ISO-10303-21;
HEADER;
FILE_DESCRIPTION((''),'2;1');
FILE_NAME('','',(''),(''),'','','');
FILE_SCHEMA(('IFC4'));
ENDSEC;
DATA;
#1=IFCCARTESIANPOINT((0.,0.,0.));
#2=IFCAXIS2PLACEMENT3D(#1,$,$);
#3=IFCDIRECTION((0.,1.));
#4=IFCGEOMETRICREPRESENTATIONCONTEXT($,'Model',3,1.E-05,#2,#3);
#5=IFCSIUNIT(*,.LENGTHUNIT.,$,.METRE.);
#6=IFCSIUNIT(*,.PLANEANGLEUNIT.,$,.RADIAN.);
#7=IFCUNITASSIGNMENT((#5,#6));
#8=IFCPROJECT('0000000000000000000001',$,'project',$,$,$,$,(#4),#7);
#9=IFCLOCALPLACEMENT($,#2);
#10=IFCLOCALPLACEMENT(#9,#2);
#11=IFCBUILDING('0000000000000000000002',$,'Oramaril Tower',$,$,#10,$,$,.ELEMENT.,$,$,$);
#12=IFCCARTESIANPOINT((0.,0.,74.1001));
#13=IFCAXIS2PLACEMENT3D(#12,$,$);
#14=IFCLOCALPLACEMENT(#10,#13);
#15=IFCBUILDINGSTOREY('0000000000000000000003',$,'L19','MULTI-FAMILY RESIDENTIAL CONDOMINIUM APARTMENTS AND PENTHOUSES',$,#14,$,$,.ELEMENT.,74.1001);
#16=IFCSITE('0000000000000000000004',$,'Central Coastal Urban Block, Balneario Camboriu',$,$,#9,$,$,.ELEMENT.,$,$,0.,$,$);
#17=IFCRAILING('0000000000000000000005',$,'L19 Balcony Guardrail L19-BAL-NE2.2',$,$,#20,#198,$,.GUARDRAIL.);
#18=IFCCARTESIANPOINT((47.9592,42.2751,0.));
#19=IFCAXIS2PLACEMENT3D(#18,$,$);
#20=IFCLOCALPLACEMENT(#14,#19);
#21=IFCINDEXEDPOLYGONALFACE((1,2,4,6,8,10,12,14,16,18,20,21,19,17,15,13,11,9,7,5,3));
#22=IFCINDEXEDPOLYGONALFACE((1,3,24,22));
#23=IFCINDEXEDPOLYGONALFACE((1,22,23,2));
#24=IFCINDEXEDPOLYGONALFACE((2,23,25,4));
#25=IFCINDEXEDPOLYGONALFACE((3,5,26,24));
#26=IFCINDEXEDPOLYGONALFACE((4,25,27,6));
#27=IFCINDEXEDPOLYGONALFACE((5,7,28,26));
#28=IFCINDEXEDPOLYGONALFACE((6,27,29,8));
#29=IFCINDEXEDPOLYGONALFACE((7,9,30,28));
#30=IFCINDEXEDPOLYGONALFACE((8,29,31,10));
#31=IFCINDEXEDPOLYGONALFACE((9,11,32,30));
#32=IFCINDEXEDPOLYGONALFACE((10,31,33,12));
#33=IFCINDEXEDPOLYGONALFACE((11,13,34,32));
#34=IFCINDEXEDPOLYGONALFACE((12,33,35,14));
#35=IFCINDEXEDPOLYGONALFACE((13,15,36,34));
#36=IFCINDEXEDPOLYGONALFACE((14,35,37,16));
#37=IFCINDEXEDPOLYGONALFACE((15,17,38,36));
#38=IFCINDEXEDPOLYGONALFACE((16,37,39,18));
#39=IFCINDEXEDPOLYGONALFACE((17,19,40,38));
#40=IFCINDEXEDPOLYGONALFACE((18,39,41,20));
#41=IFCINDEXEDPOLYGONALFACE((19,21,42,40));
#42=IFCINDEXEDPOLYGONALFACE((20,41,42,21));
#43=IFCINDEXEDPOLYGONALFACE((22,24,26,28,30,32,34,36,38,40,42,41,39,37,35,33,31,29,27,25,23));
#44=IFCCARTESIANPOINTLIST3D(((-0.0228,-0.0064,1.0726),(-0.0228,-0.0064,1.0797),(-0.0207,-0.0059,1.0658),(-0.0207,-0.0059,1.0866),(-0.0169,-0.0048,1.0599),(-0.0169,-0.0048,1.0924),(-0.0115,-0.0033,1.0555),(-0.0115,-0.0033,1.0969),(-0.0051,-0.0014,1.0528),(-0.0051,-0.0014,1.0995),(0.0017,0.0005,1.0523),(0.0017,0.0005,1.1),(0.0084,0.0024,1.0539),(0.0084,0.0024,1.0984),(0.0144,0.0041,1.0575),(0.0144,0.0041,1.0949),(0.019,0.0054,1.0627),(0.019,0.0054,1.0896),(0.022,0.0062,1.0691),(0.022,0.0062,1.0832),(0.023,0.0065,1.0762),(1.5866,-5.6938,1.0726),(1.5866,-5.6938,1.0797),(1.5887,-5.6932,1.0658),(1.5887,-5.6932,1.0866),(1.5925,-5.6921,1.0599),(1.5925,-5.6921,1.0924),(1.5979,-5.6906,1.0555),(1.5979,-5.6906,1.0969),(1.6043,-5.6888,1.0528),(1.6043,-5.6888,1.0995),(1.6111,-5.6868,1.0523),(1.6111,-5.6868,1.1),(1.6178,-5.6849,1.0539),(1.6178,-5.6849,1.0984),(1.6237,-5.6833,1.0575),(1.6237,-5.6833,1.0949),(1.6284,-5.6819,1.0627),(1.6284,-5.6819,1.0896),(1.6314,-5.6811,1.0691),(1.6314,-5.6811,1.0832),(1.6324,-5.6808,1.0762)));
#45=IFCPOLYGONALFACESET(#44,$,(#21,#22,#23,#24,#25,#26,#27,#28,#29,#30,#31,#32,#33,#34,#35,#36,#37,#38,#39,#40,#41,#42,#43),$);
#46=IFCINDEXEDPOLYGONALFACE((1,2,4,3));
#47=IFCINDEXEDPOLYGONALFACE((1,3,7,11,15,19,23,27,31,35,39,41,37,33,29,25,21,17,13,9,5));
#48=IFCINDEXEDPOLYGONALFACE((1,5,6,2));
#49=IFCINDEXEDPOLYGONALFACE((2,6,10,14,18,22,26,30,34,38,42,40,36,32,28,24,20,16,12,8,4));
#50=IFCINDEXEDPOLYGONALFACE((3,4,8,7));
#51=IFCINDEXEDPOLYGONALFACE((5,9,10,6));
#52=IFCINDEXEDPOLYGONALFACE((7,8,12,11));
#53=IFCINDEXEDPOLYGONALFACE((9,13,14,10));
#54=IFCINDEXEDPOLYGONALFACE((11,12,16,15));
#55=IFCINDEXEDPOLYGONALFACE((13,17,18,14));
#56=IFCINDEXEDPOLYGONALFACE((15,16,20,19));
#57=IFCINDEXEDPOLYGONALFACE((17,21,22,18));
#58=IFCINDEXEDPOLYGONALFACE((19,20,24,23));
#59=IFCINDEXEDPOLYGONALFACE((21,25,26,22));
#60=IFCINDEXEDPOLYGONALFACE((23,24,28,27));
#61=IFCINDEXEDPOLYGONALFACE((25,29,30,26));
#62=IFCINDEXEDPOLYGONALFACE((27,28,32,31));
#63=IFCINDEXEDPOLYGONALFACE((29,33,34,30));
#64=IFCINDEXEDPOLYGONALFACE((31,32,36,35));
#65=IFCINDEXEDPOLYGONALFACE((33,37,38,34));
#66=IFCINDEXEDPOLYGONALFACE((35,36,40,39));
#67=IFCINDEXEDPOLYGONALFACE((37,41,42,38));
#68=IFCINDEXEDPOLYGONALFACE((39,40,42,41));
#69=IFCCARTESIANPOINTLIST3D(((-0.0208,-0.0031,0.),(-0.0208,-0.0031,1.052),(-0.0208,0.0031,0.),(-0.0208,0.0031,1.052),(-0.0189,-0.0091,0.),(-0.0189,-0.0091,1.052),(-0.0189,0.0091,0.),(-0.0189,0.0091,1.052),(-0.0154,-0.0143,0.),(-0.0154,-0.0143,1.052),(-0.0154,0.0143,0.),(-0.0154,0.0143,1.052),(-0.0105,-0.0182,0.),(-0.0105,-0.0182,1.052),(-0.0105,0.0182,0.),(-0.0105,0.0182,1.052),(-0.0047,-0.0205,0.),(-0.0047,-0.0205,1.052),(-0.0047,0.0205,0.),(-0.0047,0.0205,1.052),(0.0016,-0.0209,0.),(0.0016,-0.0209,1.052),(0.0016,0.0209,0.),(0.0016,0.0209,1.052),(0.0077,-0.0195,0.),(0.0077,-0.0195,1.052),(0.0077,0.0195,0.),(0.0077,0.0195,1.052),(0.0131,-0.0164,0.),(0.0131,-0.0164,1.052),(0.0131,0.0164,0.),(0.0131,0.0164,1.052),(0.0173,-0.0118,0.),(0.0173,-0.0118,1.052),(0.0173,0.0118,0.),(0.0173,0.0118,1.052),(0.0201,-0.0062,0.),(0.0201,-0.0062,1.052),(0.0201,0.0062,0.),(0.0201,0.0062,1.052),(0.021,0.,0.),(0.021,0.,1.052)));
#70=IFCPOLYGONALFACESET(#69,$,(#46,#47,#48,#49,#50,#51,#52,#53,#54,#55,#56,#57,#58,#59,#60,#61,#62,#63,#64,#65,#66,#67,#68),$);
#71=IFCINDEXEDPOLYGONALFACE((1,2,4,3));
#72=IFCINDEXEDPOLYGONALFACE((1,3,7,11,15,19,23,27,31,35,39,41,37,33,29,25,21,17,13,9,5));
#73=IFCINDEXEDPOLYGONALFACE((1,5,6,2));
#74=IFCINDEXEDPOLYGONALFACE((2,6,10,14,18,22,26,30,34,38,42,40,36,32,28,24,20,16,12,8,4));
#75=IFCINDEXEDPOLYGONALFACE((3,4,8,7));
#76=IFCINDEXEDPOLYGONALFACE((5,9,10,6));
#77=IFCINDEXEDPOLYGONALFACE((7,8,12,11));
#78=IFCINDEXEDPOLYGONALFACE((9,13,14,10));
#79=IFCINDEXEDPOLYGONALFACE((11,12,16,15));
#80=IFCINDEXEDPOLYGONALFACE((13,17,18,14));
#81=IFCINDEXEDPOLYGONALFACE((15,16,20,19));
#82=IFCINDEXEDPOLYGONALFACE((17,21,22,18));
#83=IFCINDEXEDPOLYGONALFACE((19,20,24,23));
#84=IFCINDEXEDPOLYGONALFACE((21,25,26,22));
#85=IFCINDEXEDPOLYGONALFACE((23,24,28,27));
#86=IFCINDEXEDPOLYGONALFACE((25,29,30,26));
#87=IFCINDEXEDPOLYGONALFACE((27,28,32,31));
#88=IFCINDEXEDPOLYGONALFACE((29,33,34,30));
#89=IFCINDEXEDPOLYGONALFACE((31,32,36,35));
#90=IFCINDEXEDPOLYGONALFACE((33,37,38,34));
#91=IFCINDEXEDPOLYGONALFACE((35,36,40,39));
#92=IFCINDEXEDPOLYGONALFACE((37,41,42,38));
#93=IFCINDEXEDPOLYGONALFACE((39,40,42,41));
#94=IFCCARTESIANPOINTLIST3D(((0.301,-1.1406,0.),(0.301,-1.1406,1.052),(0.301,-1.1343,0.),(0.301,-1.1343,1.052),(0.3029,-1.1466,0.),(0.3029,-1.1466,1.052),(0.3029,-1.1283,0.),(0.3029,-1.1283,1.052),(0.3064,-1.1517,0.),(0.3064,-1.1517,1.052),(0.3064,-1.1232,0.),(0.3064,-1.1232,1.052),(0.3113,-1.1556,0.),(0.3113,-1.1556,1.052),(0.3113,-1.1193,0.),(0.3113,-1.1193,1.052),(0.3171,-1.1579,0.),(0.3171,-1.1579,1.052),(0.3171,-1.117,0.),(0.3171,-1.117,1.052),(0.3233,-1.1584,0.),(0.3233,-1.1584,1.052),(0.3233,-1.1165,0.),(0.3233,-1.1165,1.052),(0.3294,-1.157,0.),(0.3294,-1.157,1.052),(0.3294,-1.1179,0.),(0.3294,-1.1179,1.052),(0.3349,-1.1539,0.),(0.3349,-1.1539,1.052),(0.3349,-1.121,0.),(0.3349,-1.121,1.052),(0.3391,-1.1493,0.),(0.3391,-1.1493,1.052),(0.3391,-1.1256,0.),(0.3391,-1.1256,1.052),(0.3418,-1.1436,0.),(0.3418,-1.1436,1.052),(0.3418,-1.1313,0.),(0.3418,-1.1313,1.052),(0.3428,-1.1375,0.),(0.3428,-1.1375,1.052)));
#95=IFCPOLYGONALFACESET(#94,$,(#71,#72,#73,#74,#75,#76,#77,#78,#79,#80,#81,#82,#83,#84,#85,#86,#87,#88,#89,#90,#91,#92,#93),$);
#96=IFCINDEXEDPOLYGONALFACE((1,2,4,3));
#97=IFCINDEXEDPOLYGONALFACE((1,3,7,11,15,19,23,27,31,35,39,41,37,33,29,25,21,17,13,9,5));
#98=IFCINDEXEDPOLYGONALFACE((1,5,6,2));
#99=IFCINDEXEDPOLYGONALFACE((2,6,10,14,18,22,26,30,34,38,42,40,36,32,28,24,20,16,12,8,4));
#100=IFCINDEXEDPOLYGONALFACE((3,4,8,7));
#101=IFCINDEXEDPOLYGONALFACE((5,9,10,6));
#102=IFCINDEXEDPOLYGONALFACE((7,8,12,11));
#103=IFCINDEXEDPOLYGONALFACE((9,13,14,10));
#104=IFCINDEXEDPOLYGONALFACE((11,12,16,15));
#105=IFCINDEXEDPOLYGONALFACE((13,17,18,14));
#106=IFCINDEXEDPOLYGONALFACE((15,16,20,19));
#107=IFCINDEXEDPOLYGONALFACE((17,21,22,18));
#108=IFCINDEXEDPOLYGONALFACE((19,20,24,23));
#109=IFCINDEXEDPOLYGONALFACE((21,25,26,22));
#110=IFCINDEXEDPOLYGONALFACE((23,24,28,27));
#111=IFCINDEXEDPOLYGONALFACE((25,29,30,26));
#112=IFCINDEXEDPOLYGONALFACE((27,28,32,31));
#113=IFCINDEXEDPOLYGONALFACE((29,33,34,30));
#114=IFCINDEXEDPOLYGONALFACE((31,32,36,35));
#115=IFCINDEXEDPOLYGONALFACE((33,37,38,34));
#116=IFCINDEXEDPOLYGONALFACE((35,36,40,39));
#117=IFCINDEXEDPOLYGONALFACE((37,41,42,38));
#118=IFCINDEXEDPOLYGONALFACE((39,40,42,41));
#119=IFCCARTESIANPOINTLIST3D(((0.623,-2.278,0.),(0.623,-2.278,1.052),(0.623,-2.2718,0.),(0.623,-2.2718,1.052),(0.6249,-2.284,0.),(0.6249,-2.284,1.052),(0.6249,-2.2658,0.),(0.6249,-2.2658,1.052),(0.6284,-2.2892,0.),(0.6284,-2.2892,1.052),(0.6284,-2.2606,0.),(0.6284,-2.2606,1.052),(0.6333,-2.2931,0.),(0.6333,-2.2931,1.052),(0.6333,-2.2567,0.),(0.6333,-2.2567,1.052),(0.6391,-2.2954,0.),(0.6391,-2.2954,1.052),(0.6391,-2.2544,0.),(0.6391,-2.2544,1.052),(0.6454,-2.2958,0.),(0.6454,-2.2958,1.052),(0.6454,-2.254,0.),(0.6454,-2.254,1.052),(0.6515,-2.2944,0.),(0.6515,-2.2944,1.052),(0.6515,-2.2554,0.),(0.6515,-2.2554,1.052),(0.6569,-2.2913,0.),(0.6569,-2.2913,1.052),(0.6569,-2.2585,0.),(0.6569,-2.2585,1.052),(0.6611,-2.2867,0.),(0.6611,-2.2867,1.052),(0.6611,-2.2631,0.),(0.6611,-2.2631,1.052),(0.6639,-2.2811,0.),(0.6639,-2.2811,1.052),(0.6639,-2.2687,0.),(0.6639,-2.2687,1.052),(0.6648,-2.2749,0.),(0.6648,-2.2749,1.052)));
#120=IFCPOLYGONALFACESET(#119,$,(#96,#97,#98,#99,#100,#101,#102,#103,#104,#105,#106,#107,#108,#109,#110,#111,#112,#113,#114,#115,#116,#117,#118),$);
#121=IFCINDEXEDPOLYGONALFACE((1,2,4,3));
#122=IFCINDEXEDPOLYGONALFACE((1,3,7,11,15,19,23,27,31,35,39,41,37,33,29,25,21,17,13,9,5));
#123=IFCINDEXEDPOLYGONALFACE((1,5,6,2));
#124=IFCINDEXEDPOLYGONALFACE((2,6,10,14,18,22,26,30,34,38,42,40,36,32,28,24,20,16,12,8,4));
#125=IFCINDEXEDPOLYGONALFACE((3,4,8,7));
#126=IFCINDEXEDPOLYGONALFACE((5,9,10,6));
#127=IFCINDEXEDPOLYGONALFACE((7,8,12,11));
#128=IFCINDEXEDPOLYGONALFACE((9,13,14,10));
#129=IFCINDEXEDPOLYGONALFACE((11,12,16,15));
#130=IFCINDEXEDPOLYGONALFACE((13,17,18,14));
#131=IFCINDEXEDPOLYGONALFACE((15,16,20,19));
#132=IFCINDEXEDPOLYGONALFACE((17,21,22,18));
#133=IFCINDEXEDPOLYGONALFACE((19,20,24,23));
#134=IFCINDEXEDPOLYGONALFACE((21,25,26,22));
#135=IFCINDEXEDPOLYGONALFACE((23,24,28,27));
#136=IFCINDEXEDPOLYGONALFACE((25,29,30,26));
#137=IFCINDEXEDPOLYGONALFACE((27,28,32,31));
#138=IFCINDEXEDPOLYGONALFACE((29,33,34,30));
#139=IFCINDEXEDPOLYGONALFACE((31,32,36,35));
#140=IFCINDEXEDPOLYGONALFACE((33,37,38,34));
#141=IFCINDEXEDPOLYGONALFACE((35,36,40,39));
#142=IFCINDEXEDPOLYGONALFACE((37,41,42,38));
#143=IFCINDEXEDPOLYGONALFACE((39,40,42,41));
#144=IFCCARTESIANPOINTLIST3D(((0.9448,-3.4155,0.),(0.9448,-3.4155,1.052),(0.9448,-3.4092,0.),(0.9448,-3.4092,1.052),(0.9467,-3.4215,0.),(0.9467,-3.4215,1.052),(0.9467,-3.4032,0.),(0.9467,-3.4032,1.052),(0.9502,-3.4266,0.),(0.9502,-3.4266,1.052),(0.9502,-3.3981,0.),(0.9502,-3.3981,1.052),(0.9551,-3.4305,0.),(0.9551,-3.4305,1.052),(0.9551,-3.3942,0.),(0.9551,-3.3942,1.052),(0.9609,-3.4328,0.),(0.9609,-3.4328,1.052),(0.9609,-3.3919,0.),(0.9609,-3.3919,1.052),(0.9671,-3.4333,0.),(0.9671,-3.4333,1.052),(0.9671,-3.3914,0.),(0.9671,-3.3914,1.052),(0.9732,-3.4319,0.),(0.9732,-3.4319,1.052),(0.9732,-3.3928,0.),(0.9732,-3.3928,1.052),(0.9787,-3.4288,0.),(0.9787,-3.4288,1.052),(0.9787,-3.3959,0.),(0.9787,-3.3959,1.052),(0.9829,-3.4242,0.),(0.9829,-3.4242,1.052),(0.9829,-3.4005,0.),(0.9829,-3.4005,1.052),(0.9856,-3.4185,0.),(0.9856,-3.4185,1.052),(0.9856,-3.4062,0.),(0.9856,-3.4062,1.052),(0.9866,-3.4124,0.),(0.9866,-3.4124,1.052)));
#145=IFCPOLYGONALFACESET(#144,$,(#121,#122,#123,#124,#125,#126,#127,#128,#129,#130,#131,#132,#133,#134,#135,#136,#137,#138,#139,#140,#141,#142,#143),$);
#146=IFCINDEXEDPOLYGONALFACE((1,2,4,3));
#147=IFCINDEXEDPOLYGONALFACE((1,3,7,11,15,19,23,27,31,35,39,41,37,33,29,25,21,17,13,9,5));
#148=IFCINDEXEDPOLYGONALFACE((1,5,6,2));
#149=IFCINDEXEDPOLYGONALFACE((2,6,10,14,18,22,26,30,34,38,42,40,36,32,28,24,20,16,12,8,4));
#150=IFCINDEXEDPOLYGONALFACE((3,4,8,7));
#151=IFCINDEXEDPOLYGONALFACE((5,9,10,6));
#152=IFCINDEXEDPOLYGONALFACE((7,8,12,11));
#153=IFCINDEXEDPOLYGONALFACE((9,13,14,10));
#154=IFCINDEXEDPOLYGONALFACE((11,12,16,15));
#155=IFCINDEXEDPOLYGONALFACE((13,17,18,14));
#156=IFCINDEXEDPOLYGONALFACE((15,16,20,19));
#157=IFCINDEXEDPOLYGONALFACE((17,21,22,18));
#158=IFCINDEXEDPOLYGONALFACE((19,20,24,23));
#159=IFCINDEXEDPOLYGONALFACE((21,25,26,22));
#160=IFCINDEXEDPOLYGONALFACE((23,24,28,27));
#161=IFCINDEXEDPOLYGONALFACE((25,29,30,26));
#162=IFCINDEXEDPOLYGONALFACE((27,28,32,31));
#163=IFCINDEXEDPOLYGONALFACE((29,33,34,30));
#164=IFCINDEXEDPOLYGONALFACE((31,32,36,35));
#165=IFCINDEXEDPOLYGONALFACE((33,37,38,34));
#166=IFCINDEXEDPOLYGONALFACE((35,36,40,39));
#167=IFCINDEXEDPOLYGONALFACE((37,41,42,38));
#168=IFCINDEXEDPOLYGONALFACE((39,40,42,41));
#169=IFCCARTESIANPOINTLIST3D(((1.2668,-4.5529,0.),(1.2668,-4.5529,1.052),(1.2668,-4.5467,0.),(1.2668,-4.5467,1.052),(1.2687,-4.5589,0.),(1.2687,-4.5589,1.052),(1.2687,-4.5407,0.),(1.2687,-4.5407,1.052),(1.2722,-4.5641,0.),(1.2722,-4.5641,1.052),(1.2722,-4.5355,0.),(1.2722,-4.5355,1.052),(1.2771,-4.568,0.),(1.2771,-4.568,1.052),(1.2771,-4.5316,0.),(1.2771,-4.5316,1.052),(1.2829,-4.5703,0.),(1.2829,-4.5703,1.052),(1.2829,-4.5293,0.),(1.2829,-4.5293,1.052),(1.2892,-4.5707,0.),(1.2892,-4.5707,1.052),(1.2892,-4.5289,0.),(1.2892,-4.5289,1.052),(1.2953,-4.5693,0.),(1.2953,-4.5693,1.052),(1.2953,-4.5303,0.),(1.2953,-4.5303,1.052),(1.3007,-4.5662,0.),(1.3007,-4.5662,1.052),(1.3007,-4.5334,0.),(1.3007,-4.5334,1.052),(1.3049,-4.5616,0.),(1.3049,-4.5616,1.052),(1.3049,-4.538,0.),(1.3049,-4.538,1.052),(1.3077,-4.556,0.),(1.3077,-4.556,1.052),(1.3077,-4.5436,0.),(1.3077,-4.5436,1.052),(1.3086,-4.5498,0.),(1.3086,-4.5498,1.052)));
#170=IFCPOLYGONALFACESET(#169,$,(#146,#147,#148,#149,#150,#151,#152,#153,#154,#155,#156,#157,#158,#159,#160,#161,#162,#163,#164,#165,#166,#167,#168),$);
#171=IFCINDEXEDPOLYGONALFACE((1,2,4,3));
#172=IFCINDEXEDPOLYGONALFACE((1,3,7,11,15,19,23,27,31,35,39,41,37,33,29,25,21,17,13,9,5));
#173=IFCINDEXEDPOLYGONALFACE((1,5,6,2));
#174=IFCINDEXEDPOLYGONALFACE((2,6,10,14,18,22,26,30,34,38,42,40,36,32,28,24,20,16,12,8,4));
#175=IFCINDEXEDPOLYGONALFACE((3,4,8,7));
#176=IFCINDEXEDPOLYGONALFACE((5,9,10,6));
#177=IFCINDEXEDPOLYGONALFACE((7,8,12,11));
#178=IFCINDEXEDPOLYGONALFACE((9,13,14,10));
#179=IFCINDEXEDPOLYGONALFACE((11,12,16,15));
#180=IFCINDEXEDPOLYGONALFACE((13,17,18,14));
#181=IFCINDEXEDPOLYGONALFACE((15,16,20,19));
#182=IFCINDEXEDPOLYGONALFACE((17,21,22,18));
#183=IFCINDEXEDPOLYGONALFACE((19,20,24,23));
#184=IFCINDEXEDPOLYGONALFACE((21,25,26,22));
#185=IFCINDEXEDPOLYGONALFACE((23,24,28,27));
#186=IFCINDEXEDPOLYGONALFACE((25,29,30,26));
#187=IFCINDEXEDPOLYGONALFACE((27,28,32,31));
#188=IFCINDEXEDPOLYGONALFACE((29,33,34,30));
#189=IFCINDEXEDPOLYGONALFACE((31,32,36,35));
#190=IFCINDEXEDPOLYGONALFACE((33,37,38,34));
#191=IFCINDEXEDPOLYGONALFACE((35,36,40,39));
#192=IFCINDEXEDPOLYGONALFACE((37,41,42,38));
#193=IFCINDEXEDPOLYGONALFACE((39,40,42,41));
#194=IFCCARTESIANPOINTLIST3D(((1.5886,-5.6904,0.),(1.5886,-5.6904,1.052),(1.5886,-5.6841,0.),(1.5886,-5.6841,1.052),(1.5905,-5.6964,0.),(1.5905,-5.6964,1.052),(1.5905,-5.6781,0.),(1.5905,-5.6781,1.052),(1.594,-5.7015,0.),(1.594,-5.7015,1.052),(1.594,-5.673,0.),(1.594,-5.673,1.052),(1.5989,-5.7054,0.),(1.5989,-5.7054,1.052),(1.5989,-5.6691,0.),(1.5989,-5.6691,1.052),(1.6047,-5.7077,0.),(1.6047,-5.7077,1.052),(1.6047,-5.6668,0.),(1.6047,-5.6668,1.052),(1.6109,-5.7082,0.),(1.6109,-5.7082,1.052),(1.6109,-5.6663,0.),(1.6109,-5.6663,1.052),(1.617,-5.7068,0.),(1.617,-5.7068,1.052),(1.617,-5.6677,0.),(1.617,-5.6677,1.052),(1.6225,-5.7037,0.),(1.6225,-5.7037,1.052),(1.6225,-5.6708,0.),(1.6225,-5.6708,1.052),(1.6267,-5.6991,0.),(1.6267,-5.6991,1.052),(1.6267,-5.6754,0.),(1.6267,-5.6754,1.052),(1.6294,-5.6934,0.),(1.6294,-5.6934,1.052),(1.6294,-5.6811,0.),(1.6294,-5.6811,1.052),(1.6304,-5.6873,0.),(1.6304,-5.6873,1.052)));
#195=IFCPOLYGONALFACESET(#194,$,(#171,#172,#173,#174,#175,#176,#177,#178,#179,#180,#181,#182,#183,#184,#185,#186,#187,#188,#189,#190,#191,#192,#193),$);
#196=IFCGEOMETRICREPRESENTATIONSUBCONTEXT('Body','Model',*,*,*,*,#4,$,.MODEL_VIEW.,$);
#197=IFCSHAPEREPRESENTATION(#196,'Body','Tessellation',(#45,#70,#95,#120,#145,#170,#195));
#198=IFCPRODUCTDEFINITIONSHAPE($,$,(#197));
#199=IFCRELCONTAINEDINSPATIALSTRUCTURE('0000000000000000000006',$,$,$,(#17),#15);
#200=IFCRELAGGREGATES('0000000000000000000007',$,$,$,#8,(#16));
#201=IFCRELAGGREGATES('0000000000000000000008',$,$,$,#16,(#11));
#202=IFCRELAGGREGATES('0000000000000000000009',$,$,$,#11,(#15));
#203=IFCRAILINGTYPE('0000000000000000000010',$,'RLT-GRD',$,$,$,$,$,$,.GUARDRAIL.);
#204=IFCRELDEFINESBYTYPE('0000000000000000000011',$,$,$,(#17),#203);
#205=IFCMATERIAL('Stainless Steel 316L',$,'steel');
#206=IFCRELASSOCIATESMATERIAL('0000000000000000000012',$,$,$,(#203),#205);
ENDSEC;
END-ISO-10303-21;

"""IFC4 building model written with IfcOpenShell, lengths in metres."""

from ifc_helpers import new_model, si_unit, direction, frame, origin, origin_2d, place, context, subcontext, project, spatial, circle, extrude, material, type_object, element, save


model = new_model("IFC4")

# Units and contexts
model_context = context("Model", 3, precision=1e-05, world=origin(), true_north=direction((0.0, 1.0)))
body_context = subcontext(model_context, "Body", "Model", "MODEL_VIEW")
ifc_project = project(units=[si_unit("LENGTHUNIT", "METRE"), si_unit("PLANEANGLEUNIT", "RADIAN")], contexts=[model_context])

# Site, building, storey
site_placement = place(None, origin())
site = spatial("IfcSite", under=ifc_project, at=site_placement, Name="Central Coastal Urban Block, Balneario Camboriu", CompositionType="ELEMENT", RefElevation=0.0)
building_placement = place(site_placement, origin())
building = spatial("IfcBuilding", under=site, at=building_placement, Name="Oramaril Tower", CompositionType="ELEMENT")
storey_placement = place(building_placement, frame((0.0, 0.0, 74.1001)))
storey = spatial("IfcBuildingStorey", under=building, at=storey_placement, Name="L19", Description="MULTI-FAMILY RESIDENTIAL CONDOMINIUM APARTMENTS AND PENTHOUSES", CompositionType="ELEMENT", Elevation=74.1001)

# Railing
ifc_material_1 = material(Name="Stainless Steel 316L", Category="steel")
railing_type = type_object("IfcRailingType", Name="RLT-GRD", PredefinedType="GUARDRAIL", material=ifc_material_1)
railing_1_placement = place(storey_placement, frame((47.9592, 42.2751, 0.0)))
element("IfcRailing", 1, at=railing_1_placement, inside=storey, type_object=railing_type, Name="L19 Balcony Guardrail L19-BAL-NE2.2", PredefinedType="GUARDRAIL", context=body_context, shape_type="SweptSolid", body=[
    extrude(circle(Radius=0.0239, at=origin_2d()), frame((0.0, 0.0, 1.0762), z_axis=(0.272287, -0.962216, 0.0), x_axis=(0.962216, 0.272287, 0.0)), (0.0, 0.0, 1.0), 5.9106),
    extrude(circle(Radius=0.021, at=origin_2d()), origin(), (0.0, 0.0, 1.0), 1.052),
    extrude(circle(Radius=0.021, at=origin_2d()), frame((0.3218, -1.1375, 0.0)), (0.0, 0.0, 1.0), 1.052),
    extrude(circle(Radius=0.021, at=origin_2d()), frame((0.6438, -2.2749, 0.0)), (0.0, 0.0, 1.0), 1.052),
    extrude(circle(Radius=0.021, at=origin_2d()), frame((0.9656, -3.4124, 0.0)), (0.0, 0.0, 1.0), 1.052),
    extrude(circle(Radius=0.021, at=origin_2d()), frame((1.2876, -4.5498, 0.0)), (0.0, 0.0, 1.0), 1.052),
    extrude(circle(Radius=0.021, at=origin_2d()), frame((1.6094, -5.6873, 0.0)), (0.0, 0.0, 1.0), 1.052),
])

save(model, "model.ifc")
